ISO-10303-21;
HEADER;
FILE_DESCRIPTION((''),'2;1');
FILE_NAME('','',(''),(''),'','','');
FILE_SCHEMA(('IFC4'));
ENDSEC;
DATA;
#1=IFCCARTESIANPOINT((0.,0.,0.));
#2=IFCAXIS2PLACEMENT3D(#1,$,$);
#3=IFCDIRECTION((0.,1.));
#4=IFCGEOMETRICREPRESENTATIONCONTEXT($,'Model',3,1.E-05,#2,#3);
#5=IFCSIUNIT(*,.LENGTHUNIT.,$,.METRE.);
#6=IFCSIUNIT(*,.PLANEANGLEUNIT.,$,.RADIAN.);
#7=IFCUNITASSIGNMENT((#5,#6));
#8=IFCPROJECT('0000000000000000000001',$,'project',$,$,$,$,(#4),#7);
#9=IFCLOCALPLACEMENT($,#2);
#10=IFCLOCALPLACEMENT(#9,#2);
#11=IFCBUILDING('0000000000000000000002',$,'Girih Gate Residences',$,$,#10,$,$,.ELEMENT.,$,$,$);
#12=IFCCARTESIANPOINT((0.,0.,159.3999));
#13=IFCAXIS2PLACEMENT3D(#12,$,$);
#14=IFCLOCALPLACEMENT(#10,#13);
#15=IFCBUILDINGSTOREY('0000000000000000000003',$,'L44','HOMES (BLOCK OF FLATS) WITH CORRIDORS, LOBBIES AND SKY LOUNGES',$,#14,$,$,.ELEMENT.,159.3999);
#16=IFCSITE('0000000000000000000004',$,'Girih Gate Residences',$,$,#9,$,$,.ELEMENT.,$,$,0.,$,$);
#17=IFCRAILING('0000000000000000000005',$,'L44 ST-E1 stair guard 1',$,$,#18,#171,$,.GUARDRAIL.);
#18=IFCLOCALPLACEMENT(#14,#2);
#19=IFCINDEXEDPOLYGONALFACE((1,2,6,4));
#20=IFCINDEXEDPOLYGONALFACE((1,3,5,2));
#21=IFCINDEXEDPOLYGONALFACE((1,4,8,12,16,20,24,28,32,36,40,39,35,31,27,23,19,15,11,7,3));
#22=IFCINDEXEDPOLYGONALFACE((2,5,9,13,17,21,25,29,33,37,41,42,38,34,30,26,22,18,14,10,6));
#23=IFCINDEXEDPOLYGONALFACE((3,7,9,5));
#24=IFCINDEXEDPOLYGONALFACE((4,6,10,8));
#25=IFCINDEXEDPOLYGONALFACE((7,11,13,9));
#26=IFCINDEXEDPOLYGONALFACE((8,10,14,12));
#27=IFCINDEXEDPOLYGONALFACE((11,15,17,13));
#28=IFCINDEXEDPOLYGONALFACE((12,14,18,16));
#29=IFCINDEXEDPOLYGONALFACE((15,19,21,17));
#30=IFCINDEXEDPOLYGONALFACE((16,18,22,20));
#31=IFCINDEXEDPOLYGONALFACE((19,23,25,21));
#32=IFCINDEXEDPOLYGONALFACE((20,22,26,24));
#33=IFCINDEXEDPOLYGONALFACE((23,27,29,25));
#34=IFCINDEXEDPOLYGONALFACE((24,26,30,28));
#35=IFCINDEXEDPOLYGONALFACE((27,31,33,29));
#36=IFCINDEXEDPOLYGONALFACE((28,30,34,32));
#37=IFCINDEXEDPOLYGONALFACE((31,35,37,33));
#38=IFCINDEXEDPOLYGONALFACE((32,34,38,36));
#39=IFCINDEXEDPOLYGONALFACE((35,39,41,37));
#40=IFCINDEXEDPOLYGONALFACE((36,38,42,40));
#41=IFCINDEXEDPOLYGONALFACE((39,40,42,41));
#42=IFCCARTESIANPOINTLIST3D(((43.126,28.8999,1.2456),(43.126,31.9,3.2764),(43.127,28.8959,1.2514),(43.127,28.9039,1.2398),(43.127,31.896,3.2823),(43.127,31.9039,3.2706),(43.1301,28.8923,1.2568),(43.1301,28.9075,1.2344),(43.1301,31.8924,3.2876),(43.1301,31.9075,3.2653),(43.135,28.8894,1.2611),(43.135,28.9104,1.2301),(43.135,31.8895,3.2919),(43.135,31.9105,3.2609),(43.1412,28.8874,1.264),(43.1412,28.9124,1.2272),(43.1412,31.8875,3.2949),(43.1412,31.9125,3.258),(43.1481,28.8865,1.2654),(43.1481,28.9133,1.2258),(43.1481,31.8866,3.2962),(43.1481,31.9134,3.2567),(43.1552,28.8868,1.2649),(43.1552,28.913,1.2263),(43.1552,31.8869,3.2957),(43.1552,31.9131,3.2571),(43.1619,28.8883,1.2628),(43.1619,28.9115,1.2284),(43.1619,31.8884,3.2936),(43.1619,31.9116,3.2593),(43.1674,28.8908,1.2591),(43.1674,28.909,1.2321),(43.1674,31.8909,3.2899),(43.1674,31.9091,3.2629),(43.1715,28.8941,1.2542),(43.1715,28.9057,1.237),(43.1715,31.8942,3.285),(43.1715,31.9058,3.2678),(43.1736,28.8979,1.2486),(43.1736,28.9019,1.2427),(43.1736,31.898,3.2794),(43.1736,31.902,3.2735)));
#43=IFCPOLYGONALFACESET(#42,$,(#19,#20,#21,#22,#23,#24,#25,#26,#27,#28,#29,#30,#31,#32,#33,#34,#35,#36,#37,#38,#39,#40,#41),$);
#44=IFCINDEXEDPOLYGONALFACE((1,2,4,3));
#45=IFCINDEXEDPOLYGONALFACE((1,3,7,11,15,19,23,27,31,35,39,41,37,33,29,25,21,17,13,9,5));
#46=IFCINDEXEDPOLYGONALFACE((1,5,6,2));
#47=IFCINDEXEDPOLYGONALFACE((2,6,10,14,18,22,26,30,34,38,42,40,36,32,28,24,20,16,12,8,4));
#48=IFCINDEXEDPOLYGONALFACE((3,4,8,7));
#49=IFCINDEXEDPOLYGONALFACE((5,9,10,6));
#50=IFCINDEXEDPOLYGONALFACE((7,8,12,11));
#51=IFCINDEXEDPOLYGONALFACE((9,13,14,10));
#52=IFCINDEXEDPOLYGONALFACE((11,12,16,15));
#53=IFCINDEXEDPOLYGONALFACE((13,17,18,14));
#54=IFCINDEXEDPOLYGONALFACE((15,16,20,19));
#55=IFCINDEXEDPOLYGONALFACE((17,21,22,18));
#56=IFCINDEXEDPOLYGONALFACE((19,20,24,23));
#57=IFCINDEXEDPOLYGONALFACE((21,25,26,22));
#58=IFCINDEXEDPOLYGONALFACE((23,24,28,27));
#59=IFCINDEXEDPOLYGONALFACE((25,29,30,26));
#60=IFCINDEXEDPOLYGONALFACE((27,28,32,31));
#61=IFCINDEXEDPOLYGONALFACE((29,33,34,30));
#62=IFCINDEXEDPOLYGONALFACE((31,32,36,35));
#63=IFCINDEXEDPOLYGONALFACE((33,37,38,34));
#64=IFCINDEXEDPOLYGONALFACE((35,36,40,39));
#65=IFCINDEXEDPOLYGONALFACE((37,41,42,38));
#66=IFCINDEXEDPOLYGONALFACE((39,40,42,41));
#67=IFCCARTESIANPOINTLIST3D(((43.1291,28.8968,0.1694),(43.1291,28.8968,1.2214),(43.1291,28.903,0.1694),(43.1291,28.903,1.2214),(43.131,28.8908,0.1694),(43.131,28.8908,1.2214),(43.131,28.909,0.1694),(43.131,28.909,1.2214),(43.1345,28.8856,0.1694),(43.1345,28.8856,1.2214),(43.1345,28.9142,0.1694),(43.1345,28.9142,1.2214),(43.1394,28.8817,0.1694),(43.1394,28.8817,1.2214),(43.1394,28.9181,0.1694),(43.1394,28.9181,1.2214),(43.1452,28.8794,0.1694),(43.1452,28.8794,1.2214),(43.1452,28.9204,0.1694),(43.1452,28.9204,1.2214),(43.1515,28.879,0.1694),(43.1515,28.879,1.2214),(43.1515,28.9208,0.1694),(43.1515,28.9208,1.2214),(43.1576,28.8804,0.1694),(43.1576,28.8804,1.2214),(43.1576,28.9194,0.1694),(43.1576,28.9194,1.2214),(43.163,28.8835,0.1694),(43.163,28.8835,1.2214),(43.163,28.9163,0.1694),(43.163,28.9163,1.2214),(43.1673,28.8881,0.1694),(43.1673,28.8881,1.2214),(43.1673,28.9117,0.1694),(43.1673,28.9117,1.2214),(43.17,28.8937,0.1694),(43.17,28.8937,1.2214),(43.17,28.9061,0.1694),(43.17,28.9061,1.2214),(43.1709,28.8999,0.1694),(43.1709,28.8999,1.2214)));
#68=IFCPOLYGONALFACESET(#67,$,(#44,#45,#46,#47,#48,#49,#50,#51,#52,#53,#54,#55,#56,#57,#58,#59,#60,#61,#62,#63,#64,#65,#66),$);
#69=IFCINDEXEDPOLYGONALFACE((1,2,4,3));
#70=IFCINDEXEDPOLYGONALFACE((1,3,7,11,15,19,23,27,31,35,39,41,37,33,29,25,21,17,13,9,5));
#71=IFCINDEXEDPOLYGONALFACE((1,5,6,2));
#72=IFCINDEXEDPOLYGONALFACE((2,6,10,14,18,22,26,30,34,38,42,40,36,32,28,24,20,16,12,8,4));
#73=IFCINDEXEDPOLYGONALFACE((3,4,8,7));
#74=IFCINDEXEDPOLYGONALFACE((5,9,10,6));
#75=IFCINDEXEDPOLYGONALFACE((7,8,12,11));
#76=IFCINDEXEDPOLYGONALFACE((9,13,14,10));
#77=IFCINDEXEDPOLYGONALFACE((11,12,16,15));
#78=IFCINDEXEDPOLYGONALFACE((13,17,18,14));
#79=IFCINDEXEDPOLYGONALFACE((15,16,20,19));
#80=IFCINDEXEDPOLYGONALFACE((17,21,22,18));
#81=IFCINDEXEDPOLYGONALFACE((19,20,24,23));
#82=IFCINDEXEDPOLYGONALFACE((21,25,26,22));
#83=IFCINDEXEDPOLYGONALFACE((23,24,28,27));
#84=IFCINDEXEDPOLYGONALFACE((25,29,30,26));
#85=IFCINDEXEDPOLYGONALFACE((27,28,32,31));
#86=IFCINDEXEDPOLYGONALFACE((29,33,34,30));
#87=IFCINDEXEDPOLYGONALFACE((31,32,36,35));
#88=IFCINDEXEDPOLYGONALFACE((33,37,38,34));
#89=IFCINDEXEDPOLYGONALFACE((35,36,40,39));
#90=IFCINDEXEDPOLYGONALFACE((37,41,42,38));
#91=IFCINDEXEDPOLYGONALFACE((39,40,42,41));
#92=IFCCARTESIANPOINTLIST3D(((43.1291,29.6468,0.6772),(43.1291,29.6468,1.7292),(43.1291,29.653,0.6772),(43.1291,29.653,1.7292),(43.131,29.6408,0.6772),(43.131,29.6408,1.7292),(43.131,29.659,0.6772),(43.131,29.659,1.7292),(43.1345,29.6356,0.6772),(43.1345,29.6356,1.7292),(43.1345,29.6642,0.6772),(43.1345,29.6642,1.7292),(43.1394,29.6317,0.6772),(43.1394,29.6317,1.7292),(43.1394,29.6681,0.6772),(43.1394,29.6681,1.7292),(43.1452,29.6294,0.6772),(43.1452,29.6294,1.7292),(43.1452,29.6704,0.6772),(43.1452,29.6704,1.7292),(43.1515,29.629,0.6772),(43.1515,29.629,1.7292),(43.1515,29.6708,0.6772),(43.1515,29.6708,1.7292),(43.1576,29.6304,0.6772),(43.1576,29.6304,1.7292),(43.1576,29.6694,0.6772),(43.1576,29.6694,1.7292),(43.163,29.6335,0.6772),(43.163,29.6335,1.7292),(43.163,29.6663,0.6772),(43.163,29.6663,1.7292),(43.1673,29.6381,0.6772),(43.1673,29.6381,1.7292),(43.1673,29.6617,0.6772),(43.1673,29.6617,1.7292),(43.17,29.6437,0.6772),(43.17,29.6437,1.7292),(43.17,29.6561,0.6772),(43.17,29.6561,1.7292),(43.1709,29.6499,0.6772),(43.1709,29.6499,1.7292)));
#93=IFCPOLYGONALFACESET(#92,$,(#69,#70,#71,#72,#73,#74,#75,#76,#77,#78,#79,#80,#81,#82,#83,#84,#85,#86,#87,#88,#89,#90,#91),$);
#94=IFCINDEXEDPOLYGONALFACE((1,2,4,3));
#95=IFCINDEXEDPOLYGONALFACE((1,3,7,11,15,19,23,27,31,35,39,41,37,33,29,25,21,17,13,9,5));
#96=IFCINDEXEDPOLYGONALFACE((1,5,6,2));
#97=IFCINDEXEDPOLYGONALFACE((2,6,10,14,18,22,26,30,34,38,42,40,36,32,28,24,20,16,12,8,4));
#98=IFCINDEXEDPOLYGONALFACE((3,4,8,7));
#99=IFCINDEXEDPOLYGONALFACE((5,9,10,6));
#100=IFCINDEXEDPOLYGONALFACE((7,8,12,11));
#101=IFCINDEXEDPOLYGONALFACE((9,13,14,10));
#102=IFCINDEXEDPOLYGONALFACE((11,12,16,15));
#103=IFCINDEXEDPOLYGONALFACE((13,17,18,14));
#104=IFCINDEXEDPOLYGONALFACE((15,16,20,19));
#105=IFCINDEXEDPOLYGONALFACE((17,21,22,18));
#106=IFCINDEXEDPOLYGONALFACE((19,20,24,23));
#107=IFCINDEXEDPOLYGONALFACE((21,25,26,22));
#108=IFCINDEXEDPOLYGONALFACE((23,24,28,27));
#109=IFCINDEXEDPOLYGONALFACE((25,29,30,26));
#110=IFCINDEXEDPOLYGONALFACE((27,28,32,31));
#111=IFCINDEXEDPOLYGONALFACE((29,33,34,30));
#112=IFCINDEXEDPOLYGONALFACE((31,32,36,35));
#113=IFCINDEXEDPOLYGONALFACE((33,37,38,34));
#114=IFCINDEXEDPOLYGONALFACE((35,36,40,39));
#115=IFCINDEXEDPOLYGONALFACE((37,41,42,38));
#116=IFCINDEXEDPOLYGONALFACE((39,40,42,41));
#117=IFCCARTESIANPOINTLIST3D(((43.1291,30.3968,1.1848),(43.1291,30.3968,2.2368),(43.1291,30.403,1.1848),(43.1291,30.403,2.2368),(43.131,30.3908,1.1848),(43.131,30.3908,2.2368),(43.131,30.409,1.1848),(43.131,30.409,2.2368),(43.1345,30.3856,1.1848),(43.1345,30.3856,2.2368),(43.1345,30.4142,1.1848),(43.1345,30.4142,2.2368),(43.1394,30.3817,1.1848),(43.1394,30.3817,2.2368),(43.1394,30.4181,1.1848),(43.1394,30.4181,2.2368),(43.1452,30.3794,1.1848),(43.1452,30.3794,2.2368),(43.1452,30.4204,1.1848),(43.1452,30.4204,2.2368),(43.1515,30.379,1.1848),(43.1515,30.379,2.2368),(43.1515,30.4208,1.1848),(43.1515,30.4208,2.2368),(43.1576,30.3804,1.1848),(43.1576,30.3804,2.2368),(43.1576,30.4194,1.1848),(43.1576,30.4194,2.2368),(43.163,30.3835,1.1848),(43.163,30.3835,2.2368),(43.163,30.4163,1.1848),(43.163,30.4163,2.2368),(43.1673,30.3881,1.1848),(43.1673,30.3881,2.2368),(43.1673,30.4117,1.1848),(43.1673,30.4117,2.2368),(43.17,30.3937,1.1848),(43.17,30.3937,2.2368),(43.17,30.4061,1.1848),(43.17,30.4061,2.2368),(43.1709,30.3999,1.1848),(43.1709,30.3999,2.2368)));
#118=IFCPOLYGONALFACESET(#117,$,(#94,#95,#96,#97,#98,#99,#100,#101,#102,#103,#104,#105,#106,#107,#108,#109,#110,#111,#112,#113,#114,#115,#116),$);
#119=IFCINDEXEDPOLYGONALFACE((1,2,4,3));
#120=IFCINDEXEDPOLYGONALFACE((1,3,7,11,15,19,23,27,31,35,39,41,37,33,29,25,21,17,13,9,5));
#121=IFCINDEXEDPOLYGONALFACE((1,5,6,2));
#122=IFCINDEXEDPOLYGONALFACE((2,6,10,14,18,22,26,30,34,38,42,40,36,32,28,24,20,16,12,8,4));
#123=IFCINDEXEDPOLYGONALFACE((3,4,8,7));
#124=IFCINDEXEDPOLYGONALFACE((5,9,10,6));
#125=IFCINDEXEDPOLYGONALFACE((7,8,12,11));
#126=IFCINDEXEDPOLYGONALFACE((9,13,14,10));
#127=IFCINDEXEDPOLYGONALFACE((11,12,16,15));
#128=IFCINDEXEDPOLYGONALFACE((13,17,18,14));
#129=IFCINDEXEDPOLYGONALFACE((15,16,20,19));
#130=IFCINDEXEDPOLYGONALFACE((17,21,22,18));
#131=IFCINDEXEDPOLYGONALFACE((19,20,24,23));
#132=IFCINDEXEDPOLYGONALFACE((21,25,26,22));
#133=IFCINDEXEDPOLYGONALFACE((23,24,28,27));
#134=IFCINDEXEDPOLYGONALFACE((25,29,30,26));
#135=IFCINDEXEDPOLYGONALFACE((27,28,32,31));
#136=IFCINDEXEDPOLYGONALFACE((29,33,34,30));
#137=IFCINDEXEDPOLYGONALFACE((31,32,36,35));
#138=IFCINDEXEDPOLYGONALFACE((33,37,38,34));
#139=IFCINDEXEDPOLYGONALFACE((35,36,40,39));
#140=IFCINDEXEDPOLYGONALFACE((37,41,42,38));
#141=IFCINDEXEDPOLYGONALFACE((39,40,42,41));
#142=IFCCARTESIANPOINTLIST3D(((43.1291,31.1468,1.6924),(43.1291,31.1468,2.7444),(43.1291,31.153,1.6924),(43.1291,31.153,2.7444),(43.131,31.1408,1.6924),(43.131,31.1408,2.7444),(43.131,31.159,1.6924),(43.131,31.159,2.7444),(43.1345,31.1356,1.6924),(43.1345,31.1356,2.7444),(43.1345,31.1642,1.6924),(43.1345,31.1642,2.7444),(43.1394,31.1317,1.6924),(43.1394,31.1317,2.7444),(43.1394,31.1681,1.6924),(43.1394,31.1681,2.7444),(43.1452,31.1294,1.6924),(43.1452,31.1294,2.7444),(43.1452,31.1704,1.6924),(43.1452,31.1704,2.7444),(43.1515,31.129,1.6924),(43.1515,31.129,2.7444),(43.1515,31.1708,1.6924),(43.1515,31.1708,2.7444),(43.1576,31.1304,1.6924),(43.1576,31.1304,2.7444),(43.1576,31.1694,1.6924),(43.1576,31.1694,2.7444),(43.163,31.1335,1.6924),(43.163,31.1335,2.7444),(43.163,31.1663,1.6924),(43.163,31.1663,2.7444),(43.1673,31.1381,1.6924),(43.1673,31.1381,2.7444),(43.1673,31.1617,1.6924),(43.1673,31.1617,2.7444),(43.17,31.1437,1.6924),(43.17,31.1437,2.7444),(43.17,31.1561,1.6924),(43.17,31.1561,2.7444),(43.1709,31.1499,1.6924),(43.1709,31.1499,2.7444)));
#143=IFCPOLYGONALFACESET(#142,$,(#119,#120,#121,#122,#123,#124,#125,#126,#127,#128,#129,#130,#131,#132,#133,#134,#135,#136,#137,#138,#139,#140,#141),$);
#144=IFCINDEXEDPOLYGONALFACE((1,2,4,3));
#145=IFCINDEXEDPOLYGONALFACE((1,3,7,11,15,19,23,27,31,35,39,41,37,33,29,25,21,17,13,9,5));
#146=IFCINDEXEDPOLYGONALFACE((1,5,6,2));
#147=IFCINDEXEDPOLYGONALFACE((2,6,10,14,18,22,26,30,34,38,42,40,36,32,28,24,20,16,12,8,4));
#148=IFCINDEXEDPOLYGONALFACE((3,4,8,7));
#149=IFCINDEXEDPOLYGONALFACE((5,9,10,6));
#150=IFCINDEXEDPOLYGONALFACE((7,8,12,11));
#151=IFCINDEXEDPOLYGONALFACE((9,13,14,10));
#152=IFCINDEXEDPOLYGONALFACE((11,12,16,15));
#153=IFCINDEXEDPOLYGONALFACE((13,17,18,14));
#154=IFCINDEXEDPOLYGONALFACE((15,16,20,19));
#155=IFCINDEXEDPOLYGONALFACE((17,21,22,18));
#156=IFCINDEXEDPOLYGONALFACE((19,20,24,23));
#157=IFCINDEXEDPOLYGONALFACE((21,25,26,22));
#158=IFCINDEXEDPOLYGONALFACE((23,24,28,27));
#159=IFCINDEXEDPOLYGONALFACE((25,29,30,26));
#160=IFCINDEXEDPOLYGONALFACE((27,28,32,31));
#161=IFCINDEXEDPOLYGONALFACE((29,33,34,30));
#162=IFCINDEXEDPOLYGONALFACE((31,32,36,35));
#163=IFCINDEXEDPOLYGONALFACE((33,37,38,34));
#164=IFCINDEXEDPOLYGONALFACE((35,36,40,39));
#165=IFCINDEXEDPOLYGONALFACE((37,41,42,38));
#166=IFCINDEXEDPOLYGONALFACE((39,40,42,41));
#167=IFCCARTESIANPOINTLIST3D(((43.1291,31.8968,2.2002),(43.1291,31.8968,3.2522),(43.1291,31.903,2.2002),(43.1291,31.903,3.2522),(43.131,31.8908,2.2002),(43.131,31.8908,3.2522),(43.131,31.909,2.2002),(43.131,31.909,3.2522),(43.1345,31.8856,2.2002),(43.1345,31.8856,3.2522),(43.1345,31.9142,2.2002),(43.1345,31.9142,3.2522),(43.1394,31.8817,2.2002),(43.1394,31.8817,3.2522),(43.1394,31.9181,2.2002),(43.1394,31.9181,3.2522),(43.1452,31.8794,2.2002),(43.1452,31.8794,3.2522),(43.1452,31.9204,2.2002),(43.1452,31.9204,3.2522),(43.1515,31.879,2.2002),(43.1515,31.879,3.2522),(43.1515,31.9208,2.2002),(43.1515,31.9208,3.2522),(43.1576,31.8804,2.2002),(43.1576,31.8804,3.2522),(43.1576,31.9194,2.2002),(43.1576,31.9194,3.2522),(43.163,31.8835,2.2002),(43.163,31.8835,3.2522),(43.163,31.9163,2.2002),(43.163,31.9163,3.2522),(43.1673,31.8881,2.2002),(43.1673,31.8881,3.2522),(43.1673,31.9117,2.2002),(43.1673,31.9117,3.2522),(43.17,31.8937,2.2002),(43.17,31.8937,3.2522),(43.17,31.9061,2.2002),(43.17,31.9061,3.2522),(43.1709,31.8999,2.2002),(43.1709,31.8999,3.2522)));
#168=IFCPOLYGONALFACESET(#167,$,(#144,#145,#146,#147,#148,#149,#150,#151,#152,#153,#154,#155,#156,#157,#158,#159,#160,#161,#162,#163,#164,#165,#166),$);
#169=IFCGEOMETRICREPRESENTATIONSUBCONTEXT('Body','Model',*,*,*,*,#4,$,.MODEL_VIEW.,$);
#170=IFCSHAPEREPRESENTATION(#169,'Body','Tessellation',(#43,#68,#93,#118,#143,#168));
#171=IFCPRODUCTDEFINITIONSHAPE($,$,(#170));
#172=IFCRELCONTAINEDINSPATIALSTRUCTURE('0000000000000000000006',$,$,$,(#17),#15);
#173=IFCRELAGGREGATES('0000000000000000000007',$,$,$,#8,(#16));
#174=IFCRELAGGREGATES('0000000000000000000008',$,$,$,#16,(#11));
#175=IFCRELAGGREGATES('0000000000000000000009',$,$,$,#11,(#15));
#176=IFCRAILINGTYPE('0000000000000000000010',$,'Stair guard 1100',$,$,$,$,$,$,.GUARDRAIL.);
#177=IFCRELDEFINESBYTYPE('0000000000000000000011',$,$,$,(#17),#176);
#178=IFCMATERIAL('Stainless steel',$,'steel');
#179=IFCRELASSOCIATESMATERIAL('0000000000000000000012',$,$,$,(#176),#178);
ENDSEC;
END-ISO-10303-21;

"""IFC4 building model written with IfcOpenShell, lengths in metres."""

from ifc_helpers import new_model, si_unit, direction, frame, origin, origin_2d, place, context, subcontext, project, spatial, circle, extrude, material, type_object, element, save


model = new_model("IFC4")

# Units and contexts
model_context = context("Model", 3, precision=1e-05, world=origin(), true_north=direction((0.0, 1.0)))
body_context = subcontext(model_context, "Body", "Model", "MODEL_VIEW")
ifc_project = project(units=[si_unit("LENGTHUNIT", "METRE"), si_unit("PLANEANGLEUNIT", "RADIAN")], contexts=[model_context])

# Site, building, storey
site_placement = place(None, origin())
site = spatial("IfcSite", under=ifc_project, at=site_placement, Name="Girih Gate Residences", CompositionType="ELEMENT", RefElevation=0.0)
building_placement = place(site_placement, origin())
building = spatial("IfcBuilding", under=site, at=building_placement, Name="Girih Gate Residences", CompositionType="ELEMENT")
storey_placement = place(building_placement, frame((0.0, 0.0, 159.3999)))
storey = spatial("IfcBuildingStorey", under=building, at=storey_placement, Name="L44", Description="HOMES (BLOCK OF FLATS) WITH CORRIDORS, LOBBIES AND SKY LOUNGES", CompositionType="ELEMENT", Elevation=159.3999)

# Railing
ifc_material_1 = material(Name="Stainless steel", Category="steel")
railing_type_1 = type_object("IfcRailingType", Name="Stair guard 1100", PredefinedType="GUARDRAIL", material=ifc_material_1)
railing_1_placement = place(storey_placement, frame((43.1499, 28.8999, 0.1694)))
element("IfcRailing", 1, at=railing_1_placement, inside=storey, type_object=railing_type_1, Name="L44 ST-E1 stair guard 1", PredefinedType="GUARDRAIL", context=body_context, shape_type="SweptSolid", body=[
    extrude(circle(Radius=0.0239, at=origin_2d()), frame((0.0, 0.0, 1.0762), z_axis=(0.0, 0.82811, 0.560565), x_axis=(-1.0, 0.0, 0.0)), (0.0, 0.0, 1.0), 3.6228),
    extrude(circle(Radius=0.021, at=origin_2d()), origin(), (0.0, 0.0, 1.0), 1.052),
    extrude(circle(Radius=0.021, at=origin_2d()), frame((0.0, 0.75, 0.5078)), (0.0, 0.0, 1.0), 1.052),
    extrude(circle(Radius=0.021, at=origin_2d()), frame((0.0, 1.5, 1.0154)), (0.0, 0.0, 1.0), 1.052),
    extrude(circle(Radius=0.021, at=origin_2d()), frame((0.0, 2.25, 1.5229)), (0.0, 0.0, 1.0), 1.052),
    extrude(circle(Radius=0.021, at=origin_2d()), frame((0.0, 3.0, 2.0308)), (0.0, 0.0, 1.0), 1.052),
])

save(model, "model.ifc")
